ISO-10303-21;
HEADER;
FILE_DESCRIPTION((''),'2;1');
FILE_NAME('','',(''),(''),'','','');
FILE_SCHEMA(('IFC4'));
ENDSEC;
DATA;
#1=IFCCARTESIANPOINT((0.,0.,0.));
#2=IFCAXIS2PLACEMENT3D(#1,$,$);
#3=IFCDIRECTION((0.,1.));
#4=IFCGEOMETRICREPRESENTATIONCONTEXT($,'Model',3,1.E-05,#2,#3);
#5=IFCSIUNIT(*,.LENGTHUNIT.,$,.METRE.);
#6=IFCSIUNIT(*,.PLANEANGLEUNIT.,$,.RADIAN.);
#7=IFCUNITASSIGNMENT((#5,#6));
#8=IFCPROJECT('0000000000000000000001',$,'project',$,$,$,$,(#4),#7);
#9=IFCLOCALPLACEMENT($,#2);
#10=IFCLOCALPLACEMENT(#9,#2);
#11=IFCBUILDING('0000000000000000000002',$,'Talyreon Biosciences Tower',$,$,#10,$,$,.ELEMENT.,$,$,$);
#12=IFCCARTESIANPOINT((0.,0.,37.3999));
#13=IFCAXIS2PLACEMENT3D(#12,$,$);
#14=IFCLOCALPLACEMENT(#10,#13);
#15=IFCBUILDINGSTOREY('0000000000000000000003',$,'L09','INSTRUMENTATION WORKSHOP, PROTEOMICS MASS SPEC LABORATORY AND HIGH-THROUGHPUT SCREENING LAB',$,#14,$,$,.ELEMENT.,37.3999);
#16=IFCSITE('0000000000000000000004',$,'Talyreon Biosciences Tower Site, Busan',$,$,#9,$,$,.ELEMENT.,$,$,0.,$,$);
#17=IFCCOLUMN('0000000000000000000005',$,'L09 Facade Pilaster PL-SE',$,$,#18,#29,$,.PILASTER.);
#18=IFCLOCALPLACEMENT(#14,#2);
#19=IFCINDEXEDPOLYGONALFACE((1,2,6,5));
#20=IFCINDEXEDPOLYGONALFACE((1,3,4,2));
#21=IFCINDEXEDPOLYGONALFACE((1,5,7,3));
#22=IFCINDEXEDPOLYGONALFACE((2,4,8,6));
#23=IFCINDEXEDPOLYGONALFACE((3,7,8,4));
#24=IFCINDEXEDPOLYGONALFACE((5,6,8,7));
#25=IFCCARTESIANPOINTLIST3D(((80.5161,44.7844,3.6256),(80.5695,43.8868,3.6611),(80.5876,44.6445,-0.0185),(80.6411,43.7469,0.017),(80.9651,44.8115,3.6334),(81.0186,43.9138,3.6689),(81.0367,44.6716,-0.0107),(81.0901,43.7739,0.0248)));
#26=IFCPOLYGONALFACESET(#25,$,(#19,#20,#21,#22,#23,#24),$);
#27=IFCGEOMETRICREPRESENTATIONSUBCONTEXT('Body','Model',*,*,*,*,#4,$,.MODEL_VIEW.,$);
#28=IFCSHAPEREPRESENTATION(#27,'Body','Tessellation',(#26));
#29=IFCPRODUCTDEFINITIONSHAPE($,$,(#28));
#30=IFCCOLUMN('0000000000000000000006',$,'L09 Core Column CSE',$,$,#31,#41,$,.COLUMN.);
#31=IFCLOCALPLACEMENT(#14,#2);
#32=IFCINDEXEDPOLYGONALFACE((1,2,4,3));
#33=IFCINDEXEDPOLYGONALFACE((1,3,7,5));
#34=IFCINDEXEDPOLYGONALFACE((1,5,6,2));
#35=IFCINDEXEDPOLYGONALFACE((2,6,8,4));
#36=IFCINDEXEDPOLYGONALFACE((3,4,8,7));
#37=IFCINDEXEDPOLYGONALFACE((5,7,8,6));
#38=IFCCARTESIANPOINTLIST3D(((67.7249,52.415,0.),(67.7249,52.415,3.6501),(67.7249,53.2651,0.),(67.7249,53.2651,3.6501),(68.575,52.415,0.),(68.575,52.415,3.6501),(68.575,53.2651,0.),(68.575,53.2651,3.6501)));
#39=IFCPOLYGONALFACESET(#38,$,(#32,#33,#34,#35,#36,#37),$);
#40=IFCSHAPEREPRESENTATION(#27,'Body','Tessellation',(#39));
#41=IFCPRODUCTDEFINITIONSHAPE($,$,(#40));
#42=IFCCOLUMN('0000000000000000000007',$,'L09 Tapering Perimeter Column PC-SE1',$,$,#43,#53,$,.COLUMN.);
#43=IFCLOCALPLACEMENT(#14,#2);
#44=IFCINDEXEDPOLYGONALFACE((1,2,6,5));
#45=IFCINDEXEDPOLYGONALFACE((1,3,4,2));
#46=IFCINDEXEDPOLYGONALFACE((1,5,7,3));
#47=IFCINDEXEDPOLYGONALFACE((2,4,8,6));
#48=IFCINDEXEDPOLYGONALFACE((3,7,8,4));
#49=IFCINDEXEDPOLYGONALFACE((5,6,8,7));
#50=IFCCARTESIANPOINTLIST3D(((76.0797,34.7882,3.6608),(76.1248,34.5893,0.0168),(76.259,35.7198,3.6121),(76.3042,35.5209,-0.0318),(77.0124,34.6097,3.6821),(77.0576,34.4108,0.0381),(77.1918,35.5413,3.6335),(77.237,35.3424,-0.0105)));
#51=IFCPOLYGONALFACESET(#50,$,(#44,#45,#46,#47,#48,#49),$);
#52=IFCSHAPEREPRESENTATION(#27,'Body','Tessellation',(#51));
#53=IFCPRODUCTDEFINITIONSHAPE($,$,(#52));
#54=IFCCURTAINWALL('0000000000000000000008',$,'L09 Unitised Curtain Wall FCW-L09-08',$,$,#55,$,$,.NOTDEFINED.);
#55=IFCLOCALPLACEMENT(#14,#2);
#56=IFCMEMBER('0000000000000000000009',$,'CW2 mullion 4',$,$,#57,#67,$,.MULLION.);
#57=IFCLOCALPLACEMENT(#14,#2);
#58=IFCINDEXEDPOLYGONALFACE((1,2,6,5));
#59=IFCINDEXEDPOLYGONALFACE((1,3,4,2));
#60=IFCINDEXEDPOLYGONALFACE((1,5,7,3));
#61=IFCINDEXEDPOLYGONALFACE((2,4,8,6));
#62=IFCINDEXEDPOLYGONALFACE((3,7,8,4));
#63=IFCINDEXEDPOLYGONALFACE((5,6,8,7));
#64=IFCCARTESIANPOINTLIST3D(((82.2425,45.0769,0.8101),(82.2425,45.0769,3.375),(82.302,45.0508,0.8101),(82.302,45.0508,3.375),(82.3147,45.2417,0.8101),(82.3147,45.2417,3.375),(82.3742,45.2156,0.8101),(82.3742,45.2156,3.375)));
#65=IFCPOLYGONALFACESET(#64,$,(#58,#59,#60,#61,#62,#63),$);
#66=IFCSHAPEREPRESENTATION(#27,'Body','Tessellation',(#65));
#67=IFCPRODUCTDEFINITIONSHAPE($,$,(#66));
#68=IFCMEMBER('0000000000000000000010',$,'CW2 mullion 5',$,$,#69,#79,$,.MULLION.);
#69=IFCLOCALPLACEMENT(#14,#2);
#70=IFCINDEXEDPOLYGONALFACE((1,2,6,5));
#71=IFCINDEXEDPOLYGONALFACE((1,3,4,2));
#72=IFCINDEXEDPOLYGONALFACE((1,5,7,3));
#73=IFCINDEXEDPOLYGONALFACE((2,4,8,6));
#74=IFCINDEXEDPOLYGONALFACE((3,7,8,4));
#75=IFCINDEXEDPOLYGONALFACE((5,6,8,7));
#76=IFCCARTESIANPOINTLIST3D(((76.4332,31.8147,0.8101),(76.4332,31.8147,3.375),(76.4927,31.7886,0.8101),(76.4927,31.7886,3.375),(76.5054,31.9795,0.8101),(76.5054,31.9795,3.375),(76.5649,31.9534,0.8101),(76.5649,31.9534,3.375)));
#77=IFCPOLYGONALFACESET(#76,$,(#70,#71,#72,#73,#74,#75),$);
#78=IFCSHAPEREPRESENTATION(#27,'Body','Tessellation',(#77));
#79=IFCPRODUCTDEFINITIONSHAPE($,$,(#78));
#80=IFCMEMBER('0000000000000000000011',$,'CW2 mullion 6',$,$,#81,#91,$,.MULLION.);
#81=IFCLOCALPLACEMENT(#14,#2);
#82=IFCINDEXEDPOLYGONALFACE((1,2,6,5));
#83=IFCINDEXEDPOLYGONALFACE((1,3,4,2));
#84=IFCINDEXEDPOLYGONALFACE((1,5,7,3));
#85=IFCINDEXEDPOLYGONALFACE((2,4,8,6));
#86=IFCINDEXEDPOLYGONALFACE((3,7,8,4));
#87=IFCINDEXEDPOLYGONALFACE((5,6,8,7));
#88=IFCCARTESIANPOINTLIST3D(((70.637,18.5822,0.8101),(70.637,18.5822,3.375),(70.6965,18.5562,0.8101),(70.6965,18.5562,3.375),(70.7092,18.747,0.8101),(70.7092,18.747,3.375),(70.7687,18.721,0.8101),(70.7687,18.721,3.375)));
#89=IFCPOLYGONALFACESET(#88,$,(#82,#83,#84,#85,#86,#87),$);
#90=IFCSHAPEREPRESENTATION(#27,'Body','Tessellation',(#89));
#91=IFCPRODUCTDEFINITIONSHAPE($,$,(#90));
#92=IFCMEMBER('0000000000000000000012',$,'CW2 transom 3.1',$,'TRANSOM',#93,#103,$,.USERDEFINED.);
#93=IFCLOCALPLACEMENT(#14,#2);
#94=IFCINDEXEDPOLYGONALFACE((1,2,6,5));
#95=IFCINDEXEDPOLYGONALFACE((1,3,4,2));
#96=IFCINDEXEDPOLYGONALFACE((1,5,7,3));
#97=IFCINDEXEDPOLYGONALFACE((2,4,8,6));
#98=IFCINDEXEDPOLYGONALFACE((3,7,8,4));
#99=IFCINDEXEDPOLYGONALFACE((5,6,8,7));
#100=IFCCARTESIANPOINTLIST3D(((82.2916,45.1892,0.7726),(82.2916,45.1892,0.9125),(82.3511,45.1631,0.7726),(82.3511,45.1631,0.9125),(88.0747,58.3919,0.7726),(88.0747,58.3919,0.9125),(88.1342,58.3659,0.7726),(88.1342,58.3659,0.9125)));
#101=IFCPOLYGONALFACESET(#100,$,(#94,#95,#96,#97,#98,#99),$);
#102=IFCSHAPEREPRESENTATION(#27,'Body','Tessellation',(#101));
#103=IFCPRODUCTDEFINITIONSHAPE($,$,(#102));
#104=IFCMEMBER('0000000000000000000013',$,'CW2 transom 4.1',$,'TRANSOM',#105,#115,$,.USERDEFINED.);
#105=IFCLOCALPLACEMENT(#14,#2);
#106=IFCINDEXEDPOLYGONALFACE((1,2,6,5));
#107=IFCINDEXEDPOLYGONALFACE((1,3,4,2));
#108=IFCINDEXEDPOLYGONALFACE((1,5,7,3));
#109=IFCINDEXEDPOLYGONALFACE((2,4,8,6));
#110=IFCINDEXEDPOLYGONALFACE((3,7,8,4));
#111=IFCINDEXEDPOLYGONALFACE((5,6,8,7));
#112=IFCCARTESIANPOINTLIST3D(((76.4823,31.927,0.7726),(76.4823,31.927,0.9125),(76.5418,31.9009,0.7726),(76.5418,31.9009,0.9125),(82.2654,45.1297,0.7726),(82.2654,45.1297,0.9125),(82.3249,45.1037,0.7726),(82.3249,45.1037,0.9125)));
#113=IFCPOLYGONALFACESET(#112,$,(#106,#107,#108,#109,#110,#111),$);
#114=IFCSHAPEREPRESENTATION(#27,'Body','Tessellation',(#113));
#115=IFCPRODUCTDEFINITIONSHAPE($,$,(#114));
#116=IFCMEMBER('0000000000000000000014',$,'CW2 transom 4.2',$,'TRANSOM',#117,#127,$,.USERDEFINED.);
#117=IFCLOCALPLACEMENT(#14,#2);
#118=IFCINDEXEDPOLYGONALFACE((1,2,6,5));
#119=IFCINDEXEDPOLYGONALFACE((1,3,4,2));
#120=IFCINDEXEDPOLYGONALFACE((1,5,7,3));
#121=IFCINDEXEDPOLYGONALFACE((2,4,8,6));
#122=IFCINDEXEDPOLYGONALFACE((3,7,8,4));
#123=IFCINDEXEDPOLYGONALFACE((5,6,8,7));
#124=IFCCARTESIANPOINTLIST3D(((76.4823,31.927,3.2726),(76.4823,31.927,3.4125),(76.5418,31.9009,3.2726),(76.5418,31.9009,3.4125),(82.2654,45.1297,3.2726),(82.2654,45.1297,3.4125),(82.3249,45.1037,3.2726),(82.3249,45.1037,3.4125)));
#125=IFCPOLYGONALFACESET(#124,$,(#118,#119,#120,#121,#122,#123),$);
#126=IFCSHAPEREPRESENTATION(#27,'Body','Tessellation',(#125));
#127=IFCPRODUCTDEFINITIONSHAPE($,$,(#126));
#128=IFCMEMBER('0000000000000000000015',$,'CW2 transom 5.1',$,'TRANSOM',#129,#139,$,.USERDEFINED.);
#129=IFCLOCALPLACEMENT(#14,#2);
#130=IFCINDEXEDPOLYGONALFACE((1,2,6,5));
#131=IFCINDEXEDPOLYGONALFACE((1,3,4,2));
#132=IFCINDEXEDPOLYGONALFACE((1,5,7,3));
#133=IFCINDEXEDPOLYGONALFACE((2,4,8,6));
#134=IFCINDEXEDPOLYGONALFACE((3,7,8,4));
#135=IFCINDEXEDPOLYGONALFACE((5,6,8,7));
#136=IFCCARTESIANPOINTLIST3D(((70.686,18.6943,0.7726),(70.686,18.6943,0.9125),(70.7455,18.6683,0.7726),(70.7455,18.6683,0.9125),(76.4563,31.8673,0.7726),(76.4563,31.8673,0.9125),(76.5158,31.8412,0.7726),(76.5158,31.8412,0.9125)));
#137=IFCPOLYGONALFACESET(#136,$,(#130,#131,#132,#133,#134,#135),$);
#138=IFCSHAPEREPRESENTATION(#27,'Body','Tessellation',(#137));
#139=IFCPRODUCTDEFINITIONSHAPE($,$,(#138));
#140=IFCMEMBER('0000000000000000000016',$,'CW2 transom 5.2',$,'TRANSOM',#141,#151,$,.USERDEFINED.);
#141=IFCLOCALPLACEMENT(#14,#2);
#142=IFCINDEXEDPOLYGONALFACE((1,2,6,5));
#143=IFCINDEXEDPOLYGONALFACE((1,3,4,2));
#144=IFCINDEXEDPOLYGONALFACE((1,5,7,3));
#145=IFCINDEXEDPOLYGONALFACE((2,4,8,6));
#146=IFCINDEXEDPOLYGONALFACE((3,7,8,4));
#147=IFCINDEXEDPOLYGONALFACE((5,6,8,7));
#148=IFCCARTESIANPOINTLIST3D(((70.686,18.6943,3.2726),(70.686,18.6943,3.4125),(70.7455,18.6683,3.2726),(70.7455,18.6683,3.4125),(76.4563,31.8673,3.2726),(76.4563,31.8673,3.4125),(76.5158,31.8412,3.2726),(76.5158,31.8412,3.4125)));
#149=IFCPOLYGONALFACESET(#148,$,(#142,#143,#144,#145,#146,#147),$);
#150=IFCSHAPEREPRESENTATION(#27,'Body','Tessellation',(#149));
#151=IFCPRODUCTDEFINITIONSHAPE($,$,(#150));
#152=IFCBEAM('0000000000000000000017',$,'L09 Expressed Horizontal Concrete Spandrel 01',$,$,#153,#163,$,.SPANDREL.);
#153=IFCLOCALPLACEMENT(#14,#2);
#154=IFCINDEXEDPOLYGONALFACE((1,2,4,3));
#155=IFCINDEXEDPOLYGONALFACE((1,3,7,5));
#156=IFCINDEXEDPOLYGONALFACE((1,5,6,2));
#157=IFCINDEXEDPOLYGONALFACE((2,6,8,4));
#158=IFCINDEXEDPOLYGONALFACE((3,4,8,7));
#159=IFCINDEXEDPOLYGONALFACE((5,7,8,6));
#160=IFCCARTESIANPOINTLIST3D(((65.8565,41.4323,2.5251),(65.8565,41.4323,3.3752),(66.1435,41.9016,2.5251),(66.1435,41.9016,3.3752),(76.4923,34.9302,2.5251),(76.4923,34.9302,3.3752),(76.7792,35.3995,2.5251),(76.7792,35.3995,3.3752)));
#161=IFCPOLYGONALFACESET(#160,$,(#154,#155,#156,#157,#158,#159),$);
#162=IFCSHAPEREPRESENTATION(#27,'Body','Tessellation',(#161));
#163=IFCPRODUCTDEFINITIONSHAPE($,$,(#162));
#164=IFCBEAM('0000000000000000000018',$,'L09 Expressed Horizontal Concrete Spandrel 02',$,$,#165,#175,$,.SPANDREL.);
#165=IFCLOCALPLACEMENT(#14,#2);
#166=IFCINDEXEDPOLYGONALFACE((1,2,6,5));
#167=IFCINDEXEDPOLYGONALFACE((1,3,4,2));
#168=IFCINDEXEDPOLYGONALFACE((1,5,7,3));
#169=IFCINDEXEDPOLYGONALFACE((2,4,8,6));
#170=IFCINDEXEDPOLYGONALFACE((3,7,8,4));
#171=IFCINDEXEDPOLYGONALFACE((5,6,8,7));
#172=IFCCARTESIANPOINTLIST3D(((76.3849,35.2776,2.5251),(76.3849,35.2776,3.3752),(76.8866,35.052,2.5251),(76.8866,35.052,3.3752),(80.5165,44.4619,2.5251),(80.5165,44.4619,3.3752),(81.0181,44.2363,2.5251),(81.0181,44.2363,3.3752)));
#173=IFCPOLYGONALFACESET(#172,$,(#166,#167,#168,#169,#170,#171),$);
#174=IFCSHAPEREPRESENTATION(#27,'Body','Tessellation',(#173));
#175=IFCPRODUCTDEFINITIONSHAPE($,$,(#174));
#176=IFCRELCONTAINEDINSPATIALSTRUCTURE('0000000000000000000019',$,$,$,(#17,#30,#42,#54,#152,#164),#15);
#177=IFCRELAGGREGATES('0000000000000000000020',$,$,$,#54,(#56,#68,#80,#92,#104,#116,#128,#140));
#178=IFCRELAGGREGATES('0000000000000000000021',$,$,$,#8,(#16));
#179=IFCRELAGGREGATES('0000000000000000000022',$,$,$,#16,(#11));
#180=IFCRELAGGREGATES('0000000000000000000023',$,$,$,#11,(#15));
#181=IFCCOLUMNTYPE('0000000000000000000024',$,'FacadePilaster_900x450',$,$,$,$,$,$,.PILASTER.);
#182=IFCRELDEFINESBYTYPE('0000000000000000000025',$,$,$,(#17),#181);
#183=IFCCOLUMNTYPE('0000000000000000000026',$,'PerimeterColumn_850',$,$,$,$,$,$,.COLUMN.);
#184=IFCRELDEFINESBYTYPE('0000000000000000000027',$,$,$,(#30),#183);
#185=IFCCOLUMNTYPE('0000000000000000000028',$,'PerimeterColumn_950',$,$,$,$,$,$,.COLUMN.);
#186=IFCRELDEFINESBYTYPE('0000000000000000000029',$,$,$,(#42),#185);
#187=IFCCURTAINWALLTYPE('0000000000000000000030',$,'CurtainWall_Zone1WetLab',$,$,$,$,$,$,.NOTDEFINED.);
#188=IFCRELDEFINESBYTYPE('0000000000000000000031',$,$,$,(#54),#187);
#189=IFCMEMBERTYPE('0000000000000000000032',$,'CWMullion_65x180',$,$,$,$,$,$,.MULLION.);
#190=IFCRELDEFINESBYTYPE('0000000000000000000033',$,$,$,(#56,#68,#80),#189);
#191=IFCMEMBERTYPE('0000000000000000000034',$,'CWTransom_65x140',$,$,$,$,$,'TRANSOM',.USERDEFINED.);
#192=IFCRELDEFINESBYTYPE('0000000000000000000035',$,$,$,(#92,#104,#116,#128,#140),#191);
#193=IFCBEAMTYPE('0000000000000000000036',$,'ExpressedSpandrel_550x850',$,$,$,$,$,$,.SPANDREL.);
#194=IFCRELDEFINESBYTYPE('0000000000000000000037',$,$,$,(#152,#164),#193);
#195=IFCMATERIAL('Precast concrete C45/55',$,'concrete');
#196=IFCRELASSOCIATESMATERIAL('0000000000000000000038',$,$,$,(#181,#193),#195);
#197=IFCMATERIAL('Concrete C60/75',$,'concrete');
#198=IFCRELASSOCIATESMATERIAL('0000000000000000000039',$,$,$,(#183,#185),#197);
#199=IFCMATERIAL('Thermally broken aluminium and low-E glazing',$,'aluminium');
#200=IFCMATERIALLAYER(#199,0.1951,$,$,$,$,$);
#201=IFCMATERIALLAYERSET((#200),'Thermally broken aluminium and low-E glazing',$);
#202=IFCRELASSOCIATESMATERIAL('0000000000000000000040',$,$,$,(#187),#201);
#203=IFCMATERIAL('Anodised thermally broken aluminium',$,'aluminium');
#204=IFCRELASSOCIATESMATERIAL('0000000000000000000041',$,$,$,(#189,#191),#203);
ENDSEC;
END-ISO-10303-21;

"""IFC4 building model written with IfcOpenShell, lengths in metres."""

from ifc_helpers import new_model, si_unit, direction, frame, origin, origin_2d, place, context, subcontext, project, spatial, rectangle, extrude, material, layer, layer_set, material_profile, profile_set, type_object, element, aggregate, save


model = new_model("IFC4")

# Units and contexts
model_context = context("Model", 3, precision=1e-05, world=origin(), true_north=direction((0.0, 1.0)))
body_context = subcontext(model_context, "Body", "Model", "MODEL_VIEW")
ifc_project = project(units=[si_unit("LENGTHUNIT", "METRE"), si_unit("PLANEANGLEUNIT", "RADIAN")], contexts=[model_context])

# Site, building, storey
site_placement = place(None, origin())
site = spatial("IfcSite", under=ifc_project, at=site_placement, Name="Talyreon Biosciences Tower Site, Busan", CompositionType="ELEMENT", RefElevation=0.0)
building_placement = place(site_placement, origin())
building = spatial("IfcBuilding", under=site, at=building_placement, Name="Talyreon Biosciences Tower", CompositionType="ELEMENT")
storey_placement = place(building_placement, frame((0.0, 0.0, 37.3999)))
storey = spatial("IfcBuildingStorey", under=building, at=storey_placement, Name="L09", Description="INSTRUMENTATION WORKSHOP, PROTEOMICS MASS SPEC LABORATORY AND HIGH-THROUGHPUT SCREENING LAB", CompositionType="ELEMENT", Elevation=37.3999)

# Columns
ifc_material_1 = material(Name="Precast concrete C45/55", Category="concrete")
ifc_material_profile_1 = material_profile(ifc_material_1, rectangle(XDim=0.8999, YDim=0.45, at=origin_2d()), Name="RC 900x450")
ifc_profile_set_1 = profile_set([ifc_material_profile_1], Name="Precast concrete C45/55")
column_type_1 = type_object("IfcColumnType", Name="FacadePilaster_900x450", PredefinedType="PILASTER", material=ifc_profile_set_1)
column_1_placement = place(storey_placement, frame((80.8389, 44.2092, 0.0032), z_axis=(-0.019612, 0.038354, 0.999072), x_axis=(0.059401, -0.997454, 0.039458)))
element("IfcColumn", 1, at=column_1_placement, inside=storey, type_object=column_type_1, Name="L09 Facade Pilaster PL-SE", PredefinedType="PILASTER", context=body_context, shape_type="SweptSolid", body=[
    extrude(rectangle(XDim=0.8999, YDim=0.45, at=origin_2d()), origin(), (0.0, 0.0, 1.0), 3.6475),
])
ifc_material_2 = material(Name="Concrete C60/75", Category="concrete")
ifc_material_profile_2 = material_profile(ifc_material_2, rectangle(XDim=0.8501, YDim=0.8501, at=origin_2d()), Name="RC 850x850")
ifc_profile_set_2 = profile_set([ifc_material_profile_2], Name="Concrete C60/75")
column_type_2 = type_object("IfcColumnType", Name="PerimeterColumn_850", PredefinedType="COLUMN", material=ifc_profile_set_2)
column_2_placement = place(storey_placement, frame((68.1499, 52.8401, 0.0), z_axis=(0.0, 0.0, 1.0), x_axis=(1.0, 0.0, 0.0)))
element("IfcColumn", 2, at=column_2_placement, inside=storey, type_object=column_type_2, Name="L09 Core Column CSE", PredefinedType="COLUMN", context=body_context, shape_type="SweptSolid", body=[
    extrude(rectangle(XDim=0.8501, YDim=0.8501, at=origin_2d()), origin(), (0.0, 0.0, 1.0), 3.6501),
])
ifc_material_profile_3 = material_profile(ifc_material_2, rectangle(XDim=0.95, YDim=0.95, at=origin_2d()), Name="RC 950x950")
ifc_profile_set_3 = profile_set([ifc_material_profile_3], Name="Concrete C60/75")
column_type_3 = type_object("IfcColumnType", Name="PerimeterColumn_950", PredefinedType="COLUMN", material=ifc_profile_set_3)
column_3_placement = place(storey_placement, frame((76.6809, 34.9658, 0.0032), z_axis=(-0.012375, 0.054517, 0.998436), x_axis=(-0.188829, -0.980674, 0.051207)))
element("IfcColumn", 3, at=column_3_placement, inside=storey, type_object=column_type_3, Name="L09 Tapering Perimeter Column PC-SE1", PredefinedType="COLUMN", context=body_context, shape_type="SweptSolid", body=[
    extrude(rectangle(XDim=0.95, YDim=0.95, at=origin_2d()), origin(), (0.0, 0.0, 1.0), 3.6497),
])

# Curtain wall, members
ifc_material_3 = material(Name="Thermally broken aluminium and low-E glazing", Category="aluminium")
ifc_layer_1 = layer(ifc_material_3, 0.1951)
ifc_layer_set_1 = layer_set([ifc_layer_1], Name="Thermally broken aluminium and low-E glazing")
curtain_wall_type = type_object("IfcCurtainWallType", Name="CurtainWall_Zone1WetLab", PredefinedType="NOTDEFINED", material=ifc_layer_set_1)
curtain_wall_placement = place(storey_placement, origin())
curtain_wall = element("IfcCurtainWall", 4, at=curtain_wall_placement, inside=storey, type_object=curtain_wall_type, Name="L09 Unitised Curtain Wall FCW-L09-08", PredefinedType="NOTDEFINED")
ifc_material_4 = material(Name="Anodised thermally broken aluminium", Category="aluminium")
ifc_material_profile_4 = material_profile(ifc_material_4, rectangle(XDim=0.0649, YDim=0.1799, at=origin_2d()), Name="ALUM MULLION 65x180")
ifc_profile_set_4 = profile_set([ifc_material_profile_4], Name="Anodised thermally broken aluminium")
member_type_1 = type_object("IfcMemberType", Name="CWMullion_65x180", PredefinedType="MULLION", material=ifc_profile_set_4)
member_1_placement = place(storey_placement, frame((82.3083, 45.1462, 0.8101), z_axis=(0.0, 0.0, 1.0), x_axis=(0.91598, -0.401223, 0.0)))
member_1 = element("IfcMember", 5, at=member_1_placement, type_object=member_type_1, Name="CW2 mullion 4", PredefinedType="MULLION", context=body_context, shape_type="SweptSolid", body=[
    extrude(rectangle(XDim=0.0649, YDim=0.1799, at=origin_2d()), origin(), (0.0, 0.0, 1.0), 2.5649),
])
member_2_placement = place(storey_placement, frame((76.499, 31.884, 0.8101), z_axis=(0.0, 0.0, 1.0), x_axis=(0.91598, -0.401223, 0.0)))
member_2 = element("IfcMember", 6, at=member_2_placement, type_object=member_type_1, Name="CW2 mullion 5", PredefinedType="MULLION", context=body_context, shape_type="SweptSolid", body=[
    extrude(rectangle(XDim=0.0649, YDim=0.1799, at=origin_2d()), origin(), (0.0, 0.0, 1.0), 2.5649),
])
member_3_placement = place(storey_placement, frame((70.7029, 18.6516, 0.8101), z_axis=(0.0, 0.0, 1.0), x_axis=(0.91598, -0.401223, 0.0)))
member_3 = element("IfcMember", 7, at=member_3_placement, type_object=member_type_1, Name="CW2 mullion 6", PredefinedType="MULLION", context=body_context, shape_type="SweptSolid", body=[
    extrude(rectangle(XDim=0.0649, YDim=0.1799, at=origin_2d()), origin(), (0.0, 0.0, 1.0), 2.5649),
])
ifc_material_profile_5 = material_profile(ifc_material_4, rectangle(XDim=0.0649, YDim=0.1399, at=origin_2d()), Name="ALUM TRANSOM 65x140")
ifc_profile_set_5 = profile_set([ifc_material_profile_5], Name="Anodised thermally broken aluminium")
member_type_2 = type_object("IfcMemberType", Name="CWTransom_65x140", ElementType="TRANSOM", PredefinedType="USERDEFINED", material=ifc_profile_set_5)
member_4_placement = place(storey_placement, frame((88.1045, 58.3789, 0.8425), z_axis=(-0.401223, -0.91598, 0.0), x_axis=(0.91598, -0.401223, 0.0)))
member_4 = element("IfcMember", 8, at=member_4_placement, type_object=member_type_2, Name="CW2 transom 3.1", ObjectType="TRANSOM", PredefinedType="USERDEFINED", context=body_context, shape_type="SweptSolid", body=[
    extrude(rectangle(XDim=0.0649, YDim=0.1399, at=origin_2d()), origin(), (0.0, 0.0, 1.0), 14.4138),
])
member_5_placement = place(storey_placement, frame((82.2952, 45.1167, 0.8425), z_axis=(-0.401223, -0.91598, 0.0), x_axis=(0.91598, -0.401223, 0.0)))
member_5 = element("IfcMember", 9, at=member_5_placement, type_object=member_type_2, Name="CW2 transom 4.1", ObjectType="TRANSOM", PredefinedType="USERDEFINED", context=body_context, shape_type="SweptSolid", body=[
    extrude(rectangle(XDim=0.0649, YDim=0.1399, at=origin_2d()), origin(), (0.0, 0.0, 1.0), 14.4138),
])
member_6_placement = place(storey_placement, frame((82.2952, 45.1167, 3.3425), z_axis=(-0.401223, -0.91598, 0.0), x_axis=(0.91598, -0.401223, 0.0)))
member_6 = element("IfcMember", 10, at=member_6_placement, type_object=member_type_2, Name="CW2 transom 4.2", ObjectType="TRANSOM", PredefinedType="USERDEFINED", context=body_context, shape_type="SweptSolid", body=[
    extrude(rectangle(XDim=0.0649, YDim=0.1399, at=origin_2d()), origin(), (0.0, 0.0, 1.0), 14.4138),
])
member_7_placement = place(storey_placement, frame((76.4861, 31.8542, 0.8425), z_axis=(-0.401236, -0.915975, 0.0), x_axis=(0.915975, -0.401236, 0.0)))
member_7 = element("IfcMember", 11, at=member_7_placement, type_object=member_type_2, Name="CW2 transom 5.1", ObjectType="TRANSOM", PredefinedType="USERDEFINED", context=body_context, shape_type="SweptSolid", body=[
    extrude(rectangle(XDim=0.0649, YDim=0.1399, at=origin_2d()), origin(), (0.0, 0.0, 1.0), 14.3813),
])
member_8_placement = place(storey_placement, frame((76.4861, 31.8542, 3.3425), z_axis=(-0.401236, -0.915975, 0.0), x_axis=(0.915975, -0.401236, 0.0)))
member_8 = element("IfcMember", 12, at=member_8_placement, type_object=member_type_2, Name="CW2 transom 5.2", ObjectType="TRANSOM", PredefinedType="USERDEFINED", context=body_context, shape_type="SweptSolid", body=[
    extrude(rectangle(XDim=0.0649, YDim=0.1399, at=origin_2d()), origin(), (0.0, 0.0, 1.0), 14.3813),
])

# Beams
ifc_material_profile_6 = material_profile(ifc_material_1, rectangle(XDim=0.55, YDim=0.8501, at=origin_2d()), Name="RCB 550x850")
ifc_profile_set_6 = profile_set([ifc_material_profile_6], Name="Precast concrete C45/55")
beam_type_1 = type_object("IfcBeamType", Name="ExpressedSpandrel_550x850", PredefinedType="SPANDREL", material=ifc_profile_set_6)
beam_1_placement = place(storey_placement, frame((66.0, 41.667, 2.9502), z_axis=(0.85319, -0.521601, 0.0), x_axis=(0.521601, 0.85319, 0.0)))
element("IfcBeam", 13, at=beam_1_placement, inside=storey, type_object=beam_type_1, Name="L09 Expressed Horizontal Concrete Spandrel 01", PredefinedType="SPANDREL", context=body_context, shape_type="SweptSolid", body=[
    extrude(rectangle(XDim=0.55, YDim=0.8501, at=origin_2d()), origin(), (0.0, 0.0, 1.0), 12.4658),
])
beam_2_placement = place(storey_placement, frame((76.6357, 35.1648, 2.9502), z_axis=(0.410253, 0.911972, 0.0), x_axis=(-0.911972, 0.410253, 0.0)))
element("IfcBeam", 14, at=beam_2_placement, inside=storey, type_object=beam_type_1, Name="L09 Expressed Horizontal Concrete Spandrel 02", PredefinedType="SPANDREL", context=body_context, shape_type="SweptSolid", body=[
    extrude(rectangle(XDim=0.55, YDim=0.8501, at=origin_2d()), origin(), (0.0, 0.0, 1.0), 10.0708),
])

aggregate(curtain_wall, [member_1, member_2, member_3, member_4, member_5, member_6, member_7, member_8])

save(model, "model.ifc")
